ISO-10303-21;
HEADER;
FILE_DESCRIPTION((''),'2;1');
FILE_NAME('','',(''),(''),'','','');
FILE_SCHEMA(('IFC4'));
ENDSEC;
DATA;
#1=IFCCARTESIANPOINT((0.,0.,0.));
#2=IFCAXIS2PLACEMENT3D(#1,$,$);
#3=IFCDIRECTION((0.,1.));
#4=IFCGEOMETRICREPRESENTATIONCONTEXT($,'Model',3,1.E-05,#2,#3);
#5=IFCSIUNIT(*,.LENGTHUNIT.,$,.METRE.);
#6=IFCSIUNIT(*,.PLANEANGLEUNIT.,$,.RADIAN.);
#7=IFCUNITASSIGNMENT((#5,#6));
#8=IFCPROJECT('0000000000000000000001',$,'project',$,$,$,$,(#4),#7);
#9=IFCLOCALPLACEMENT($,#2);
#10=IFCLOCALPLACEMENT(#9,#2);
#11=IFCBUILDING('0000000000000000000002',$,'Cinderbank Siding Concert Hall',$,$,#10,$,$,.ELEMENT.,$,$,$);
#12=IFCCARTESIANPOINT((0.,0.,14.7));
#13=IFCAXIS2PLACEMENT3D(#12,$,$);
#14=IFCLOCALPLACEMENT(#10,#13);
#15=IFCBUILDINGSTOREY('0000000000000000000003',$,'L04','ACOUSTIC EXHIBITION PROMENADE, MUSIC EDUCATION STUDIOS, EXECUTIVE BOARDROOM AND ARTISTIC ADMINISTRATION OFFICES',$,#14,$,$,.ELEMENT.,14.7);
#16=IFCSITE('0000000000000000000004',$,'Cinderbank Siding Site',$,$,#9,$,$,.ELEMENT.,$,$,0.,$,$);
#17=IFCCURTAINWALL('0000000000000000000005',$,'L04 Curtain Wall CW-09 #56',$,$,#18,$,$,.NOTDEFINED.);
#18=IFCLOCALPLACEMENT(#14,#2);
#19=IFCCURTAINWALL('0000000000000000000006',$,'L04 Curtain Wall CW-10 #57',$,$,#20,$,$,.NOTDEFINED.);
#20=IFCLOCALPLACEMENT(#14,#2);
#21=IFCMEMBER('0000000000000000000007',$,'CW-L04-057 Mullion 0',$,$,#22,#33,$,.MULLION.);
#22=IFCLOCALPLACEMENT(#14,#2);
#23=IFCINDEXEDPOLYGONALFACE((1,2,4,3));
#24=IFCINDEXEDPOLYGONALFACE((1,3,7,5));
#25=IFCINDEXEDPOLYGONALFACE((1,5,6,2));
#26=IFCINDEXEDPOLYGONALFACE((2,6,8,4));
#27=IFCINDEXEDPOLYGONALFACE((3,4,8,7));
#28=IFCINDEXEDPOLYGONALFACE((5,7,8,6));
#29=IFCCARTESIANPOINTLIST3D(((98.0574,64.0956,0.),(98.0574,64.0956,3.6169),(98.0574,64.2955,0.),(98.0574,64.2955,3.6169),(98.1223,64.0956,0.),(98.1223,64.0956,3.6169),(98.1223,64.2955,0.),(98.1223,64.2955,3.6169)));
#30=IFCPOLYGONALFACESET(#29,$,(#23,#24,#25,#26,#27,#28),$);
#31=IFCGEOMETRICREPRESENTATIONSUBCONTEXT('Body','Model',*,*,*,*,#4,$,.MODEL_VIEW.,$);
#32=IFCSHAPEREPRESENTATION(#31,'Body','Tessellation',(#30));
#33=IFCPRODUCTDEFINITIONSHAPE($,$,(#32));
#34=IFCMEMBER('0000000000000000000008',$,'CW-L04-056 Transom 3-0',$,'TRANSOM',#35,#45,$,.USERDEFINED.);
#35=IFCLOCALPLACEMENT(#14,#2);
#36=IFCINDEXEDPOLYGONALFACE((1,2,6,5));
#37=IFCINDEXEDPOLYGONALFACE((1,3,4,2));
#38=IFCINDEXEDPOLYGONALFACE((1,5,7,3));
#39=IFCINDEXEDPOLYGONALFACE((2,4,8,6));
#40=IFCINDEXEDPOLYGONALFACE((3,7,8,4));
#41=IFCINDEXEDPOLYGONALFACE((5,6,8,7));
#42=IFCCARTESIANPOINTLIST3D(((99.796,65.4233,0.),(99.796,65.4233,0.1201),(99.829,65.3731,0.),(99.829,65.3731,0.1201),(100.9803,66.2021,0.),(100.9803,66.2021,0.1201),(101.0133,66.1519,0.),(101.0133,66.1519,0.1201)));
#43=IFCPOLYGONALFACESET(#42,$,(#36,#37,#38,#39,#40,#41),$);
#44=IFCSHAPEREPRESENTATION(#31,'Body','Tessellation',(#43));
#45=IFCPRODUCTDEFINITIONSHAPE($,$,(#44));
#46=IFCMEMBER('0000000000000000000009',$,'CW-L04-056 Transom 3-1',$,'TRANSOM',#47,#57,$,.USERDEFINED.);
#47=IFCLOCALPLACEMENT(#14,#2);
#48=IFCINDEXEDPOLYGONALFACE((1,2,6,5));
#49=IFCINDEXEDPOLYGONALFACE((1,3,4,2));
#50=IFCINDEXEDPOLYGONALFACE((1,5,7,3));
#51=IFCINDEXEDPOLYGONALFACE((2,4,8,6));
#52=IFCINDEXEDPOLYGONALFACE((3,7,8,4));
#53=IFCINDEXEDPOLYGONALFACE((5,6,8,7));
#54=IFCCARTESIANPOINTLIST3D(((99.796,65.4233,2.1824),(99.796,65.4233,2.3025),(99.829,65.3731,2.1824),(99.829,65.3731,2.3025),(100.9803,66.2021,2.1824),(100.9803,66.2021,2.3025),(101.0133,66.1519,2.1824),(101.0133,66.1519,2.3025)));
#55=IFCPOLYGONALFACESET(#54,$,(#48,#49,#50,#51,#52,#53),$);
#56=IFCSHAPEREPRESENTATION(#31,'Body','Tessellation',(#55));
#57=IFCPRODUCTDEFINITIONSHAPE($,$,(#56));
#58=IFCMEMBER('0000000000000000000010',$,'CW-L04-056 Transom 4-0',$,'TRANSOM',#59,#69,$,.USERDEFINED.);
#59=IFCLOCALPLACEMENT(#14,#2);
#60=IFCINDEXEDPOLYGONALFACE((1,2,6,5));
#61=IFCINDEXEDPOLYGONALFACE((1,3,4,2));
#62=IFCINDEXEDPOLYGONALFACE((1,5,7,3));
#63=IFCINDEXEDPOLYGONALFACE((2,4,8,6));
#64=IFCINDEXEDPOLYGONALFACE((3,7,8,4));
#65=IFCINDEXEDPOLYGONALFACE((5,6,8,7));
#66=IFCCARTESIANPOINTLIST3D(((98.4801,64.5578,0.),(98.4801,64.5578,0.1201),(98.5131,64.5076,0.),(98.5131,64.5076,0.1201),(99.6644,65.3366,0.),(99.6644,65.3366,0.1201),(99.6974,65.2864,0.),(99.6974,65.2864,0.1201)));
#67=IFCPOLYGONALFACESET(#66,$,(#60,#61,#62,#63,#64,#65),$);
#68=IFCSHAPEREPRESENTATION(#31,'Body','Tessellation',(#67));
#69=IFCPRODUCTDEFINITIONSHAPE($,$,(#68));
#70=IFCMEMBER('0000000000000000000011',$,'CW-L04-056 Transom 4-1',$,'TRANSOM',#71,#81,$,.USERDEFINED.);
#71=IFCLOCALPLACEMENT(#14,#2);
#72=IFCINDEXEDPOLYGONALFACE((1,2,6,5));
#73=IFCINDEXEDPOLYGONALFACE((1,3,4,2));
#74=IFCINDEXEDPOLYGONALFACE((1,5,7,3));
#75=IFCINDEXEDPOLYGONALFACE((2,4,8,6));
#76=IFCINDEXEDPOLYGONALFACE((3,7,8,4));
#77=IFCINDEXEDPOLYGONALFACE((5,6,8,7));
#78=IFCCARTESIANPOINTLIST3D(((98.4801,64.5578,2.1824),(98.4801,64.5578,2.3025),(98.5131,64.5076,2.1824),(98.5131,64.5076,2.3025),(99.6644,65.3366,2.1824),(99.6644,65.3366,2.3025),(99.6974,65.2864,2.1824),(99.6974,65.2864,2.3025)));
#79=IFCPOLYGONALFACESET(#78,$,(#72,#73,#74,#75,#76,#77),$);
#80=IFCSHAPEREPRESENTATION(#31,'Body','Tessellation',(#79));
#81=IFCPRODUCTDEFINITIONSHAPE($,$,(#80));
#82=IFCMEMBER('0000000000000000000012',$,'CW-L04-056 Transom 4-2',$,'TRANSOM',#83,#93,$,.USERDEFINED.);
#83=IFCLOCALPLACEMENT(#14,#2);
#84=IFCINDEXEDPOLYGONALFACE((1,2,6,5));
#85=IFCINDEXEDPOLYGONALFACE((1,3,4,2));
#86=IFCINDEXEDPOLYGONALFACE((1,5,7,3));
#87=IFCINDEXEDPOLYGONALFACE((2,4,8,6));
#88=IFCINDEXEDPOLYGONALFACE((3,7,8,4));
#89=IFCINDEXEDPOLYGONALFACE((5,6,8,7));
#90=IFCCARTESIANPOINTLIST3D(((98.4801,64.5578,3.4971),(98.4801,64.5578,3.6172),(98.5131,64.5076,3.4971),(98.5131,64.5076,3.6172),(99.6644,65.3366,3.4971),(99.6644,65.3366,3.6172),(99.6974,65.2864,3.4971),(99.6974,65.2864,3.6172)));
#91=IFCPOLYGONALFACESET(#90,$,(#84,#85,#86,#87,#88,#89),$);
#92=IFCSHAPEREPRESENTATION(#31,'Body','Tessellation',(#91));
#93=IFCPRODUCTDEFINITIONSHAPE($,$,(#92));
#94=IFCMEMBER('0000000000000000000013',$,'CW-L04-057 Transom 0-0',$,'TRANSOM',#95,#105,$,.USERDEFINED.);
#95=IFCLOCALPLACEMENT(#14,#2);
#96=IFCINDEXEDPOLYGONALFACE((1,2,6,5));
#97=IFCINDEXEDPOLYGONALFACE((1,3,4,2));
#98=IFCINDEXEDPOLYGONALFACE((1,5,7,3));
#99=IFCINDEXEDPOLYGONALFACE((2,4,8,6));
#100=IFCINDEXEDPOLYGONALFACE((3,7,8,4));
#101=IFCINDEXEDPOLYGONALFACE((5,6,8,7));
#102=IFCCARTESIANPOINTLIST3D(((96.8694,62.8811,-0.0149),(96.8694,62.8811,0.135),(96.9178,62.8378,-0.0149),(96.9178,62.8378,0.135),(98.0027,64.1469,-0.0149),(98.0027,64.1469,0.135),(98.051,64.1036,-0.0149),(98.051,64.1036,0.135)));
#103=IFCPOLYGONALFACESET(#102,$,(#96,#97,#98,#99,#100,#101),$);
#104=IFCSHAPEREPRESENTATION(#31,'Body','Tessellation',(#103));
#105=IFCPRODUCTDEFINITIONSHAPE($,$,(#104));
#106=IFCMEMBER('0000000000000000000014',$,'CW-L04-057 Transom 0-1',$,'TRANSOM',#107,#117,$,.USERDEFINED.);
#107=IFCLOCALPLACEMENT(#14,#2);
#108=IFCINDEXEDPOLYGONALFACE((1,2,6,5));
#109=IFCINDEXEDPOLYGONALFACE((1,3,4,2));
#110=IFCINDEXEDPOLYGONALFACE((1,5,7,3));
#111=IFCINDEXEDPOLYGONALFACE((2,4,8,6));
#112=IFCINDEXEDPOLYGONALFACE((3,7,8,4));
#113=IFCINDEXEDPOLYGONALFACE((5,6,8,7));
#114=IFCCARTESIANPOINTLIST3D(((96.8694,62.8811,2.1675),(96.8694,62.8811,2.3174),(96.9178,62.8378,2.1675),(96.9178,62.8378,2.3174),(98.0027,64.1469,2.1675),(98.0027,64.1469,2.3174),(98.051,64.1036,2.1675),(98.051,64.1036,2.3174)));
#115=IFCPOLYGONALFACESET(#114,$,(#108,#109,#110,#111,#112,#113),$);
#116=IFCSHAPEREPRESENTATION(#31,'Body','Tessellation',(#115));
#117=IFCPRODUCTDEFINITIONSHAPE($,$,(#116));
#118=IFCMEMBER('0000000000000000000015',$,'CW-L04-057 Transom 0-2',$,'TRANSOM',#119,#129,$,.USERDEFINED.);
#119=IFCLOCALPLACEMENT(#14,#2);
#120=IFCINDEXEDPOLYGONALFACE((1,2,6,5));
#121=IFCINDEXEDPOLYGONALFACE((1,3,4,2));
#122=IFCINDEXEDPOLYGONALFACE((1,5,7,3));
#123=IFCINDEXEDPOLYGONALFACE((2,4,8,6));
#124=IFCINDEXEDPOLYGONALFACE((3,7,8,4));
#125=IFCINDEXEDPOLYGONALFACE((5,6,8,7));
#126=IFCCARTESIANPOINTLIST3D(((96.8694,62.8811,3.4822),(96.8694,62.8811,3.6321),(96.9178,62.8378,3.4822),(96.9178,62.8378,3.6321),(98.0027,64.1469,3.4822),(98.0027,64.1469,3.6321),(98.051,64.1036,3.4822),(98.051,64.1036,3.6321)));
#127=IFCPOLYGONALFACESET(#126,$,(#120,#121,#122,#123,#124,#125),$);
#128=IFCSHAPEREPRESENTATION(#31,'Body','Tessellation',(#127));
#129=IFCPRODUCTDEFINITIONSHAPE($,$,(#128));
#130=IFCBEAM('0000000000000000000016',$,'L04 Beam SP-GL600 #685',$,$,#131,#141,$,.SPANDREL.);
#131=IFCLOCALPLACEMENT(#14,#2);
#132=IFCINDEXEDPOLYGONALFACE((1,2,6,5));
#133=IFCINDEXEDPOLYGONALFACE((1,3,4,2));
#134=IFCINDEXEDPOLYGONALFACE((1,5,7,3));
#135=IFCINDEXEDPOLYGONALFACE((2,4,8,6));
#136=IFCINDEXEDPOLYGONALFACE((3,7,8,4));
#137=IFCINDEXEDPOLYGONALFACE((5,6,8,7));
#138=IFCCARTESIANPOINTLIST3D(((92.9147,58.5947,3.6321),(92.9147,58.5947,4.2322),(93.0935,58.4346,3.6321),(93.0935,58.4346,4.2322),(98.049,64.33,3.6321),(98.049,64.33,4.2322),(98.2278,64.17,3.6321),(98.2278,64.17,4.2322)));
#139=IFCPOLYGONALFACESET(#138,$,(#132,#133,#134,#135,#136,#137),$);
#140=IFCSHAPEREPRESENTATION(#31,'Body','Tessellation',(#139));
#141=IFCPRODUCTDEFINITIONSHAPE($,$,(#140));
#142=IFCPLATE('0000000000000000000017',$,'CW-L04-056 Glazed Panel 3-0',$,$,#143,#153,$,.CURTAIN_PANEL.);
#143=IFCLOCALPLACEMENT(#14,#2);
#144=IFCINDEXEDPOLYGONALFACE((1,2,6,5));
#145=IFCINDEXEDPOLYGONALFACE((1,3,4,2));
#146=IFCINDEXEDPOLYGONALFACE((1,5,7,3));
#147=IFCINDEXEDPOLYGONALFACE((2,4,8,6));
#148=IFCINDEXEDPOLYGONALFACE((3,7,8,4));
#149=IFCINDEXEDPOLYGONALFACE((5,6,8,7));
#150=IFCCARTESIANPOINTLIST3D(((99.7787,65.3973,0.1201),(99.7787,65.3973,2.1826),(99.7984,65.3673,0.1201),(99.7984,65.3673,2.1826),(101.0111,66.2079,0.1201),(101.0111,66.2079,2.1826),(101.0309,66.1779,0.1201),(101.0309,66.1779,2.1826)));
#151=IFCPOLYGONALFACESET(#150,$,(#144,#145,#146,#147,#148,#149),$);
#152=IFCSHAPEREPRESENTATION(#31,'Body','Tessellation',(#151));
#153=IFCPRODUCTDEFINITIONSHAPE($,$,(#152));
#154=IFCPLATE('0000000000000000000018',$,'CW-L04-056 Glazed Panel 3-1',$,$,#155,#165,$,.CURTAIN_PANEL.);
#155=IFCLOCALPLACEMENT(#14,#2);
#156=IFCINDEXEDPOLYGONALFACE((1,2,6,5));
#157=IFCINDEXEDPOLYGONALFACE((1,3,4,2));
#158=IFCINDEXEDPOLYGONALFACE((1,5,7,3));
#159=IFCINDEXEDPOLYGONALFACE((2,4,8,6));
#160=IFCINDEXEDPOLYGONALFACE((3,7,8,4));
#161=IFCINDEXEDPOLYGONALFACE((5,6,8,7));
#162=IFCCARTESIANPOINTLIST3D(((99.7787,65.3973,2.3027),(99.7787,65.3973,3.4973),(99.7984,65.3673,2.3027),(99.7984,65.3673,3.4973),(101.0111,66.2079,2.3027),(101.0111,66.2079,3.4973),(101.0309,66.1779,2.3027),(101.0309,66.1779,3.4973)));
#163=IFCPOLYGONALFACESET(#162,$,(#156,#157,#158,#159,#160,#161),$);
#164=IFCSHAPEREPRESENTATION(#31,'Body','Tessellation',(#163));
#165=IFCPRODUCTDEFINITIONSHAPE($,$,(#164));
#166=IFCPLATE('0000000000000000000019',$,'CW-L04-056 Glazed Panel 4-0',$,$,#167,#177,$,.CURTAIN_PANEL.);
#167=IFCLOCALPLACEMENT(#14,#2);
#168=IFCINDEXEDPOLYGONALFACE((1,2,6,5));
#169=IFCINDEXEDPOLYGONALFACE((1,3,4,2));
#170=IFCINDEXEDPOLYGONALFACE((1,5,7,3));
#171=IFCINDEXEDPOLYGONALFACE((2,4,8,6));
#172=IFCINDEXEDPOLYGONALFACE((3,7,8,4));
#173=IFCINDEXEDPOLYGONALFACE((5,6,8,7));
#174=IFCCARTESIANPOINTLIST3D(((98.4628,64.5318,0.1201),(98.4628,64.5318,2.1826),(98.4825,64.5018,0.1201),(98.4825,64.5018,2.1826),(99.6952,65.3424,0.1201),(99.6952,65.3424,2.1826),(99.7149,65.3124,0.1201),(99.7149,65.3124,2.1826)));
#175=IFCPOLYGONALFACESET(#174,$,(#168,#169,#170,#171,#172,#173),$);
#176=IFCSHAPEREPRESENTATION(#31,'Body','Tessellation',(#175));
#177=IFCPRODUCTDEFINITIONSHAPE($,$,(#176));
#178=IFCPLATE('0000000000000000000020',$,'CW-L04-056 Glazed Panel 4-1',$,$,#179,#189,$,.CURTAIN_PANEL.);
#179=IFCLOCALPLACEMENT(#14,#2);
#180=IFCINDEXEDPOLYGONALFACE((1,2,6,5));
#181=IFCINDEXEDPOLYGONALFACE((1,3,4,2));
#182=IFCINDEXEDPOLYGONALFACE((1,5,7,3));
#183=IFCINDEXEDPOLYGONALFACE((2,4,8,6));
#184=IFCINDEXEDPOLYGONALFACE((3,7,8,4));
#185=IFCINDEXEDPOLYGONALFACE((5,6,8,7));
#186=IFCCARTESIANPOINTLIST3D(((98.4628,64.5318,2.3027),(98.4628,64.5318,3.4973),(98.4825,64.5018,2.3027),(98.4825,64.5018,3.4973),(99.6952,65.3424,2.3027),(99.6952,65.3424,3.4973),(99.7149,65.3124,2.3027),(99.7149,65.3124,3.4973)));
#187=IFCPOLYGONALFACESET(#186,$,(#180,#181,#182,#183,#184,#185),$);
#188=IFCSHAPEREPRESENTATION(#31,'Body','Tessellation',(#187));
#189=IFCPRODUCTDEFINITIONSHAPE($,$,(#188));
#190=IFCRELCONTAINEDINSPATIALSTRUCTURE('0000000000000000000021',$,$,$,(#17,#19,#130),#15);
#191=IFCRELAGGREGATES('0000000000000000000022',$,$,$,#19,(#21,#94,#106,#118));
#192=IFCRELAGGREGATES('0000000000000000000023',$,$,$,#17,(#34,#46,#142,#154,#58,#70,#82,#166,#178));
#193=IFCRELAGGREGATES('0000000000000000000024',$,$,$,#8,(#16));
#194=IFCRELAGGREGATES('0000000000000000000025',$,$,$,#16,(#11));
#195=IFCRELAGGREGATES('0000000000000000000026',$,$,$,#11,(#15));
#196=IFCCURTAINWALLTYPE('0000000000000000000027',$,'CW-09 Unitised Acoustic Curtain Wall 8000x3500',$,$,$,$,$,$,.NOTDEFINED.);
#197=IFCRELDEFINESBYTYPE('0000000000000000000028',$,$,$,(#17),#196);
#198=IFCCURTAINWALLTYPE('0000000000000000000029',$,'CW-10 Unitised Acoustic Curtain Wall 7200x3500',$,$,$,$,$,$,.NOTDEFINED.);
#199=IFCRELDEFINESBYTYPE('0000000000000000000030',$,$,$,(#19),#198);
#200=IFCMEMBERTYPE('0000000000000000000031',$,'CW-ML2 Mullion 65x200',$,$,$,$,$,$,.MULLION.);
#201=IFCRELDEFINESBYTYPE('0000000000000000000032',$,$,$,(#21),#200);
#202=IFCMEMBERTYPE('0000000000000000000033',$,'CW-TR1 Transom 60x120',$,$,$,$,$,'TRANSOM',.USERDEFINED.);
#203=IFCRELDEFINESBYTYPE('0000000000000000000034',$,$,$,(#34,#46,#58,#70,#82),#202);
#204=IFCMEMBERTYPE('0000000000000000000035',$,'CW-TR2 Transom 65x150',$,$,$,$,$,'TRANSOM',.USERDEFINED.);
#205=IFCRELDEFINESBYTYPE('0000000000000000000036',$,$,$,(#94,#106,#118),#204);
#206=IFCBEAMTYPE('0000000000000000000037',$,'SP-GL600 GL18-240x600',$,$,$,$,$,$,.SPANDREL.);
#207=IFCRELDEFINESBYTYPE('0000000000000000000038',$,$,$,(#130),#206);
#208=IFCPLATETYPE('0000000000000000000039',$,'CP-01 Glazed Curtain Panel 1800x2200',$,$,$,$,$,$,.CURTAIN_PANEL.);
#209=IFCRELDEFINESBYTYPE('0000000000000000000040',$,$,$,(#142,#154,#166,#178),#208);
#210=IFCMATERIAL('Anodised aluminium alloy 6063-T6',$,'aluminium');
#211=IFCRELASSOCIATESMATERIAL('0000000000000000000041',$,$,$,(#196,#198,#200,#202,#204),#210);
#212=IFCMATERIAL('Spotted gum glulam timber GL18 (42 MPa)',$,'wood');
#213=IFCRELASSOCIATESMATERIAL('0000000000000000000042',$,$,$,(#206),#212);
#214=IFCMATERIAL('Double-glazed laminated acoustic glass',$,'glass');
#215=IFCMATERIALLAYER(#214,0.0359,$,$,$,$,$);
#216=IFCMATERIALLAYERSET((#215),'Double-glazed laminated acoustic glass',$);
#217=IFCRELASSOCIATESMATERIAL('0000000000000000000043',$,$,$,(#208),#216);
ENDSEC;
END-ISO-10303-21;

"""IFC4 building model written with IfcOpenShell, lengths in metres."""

from ifc_helpers import new_model, si_unit, direction, frame, origin, origin_2d, place, context, subcontext, project, spatial, rectangle, extrude, material, layer, layer_set, material_profile, profile_set, type_object, element, aggregate, save


model = new_model("IFC4")

# Units and contexts
model_context = context("Model", 3, precision=1e-05, world=origin(), true_north=direction((0.0, 1.0)))
body_context = subcontext(model_context, "Body", "Model", "MODEL_VIEW")
ifc_project = project(units=[si_unit("LENGTHUNIT", "METRE"), si_unit("PLANEANGLEUNIT", "RADIAN")], contexts=[model_context])

# Site, building, storey
site_placement = place(None, origin())
site = spatial("IfcSite", under=ifc_project, at=site_placement, Name="Cinderbank Siding Site", CompositionType="ELEMENT", RefElevation=0.0)
building_placement = place(site_placement, origin())
building = spatial("IfcBuilding", under=site, at=building_placement, Name="Cinderbank Siding Concert Hall", CompositionType="ELEMENT")
storey_placement = place(building_placement, frame((0.0, 0.0, 14.7)))
storey = spatial("IfcBuildingStorey", under=building, at=storey_placement, Name="L04", Description="ACOUSTIC EXHIBITION PROMENADE, MUSIC EDUCATION STUDIOS, EXECUTIVE BOARDROOM AND ARTISTIC ADMINISTRATION OFFICES", CompositionType="ELEMENT", Elevation=14.7)

# Curtain wall
ifc_material_1 = material(Name="Anodised aluminium alloy 6063-T6", Category="aluminium")
curtain_wall_type_1 = type_object("IfcCurtainWallType", Name="CW-09 Unitised Acoustic Curtain Wall 8000x3500", PredefinedType="NOTDEFINED", material=ifc_material_1)
curtain_wall_1_placement = place(storey_placement, origin())
curtain_wall_1 = element("IfcCurtainWall", 1, at=curtain_wall_1_placement, inside=storey, type_object=curtain_wall_type_1, Name="L04 Curtain Wall CW-09 #56", PredefinedType="NOTDEFINED")

# Curtain wall, member
curtain_wall_type_2 = type_object("IfcCurtainWallType", Name="CW-10 Unitised Acoustic Curtain Wall 7200x3500", PredefinedType="NOTDEFINED", material=ifc_material_1)
curtain_wall_2_placement = place(storey_placement, origin())
curtain_wall_2 = element("IfcCurtainWall", 2, at=curtain_wall_2_placement, inside=storey, type_object=curtain_wall_type_2, Name="L04 Curtain Wall CW-10 #57", PredefinedType="NOTDEFINED")
ifc_material_profile_1 = material_profile(ifc_material_1, rectangle(XDim=0.0649, YDim=0.2, at=origin_2d()), Name="ALU-MULL-65x200", Category="LoadBearing")
ifc_profile_set_1 = profile_set([ifc_material_profile_1], Name="Anodised aluminium alloy 6063-T6")
member_type_1 = type_object("IfcMemberType", Name="CW-ML2 Mullion 65x200", PredefinedType="MULLION", material=ifc_profile_set_1)
member_1_placement = place(storey_placement, frame((98.0898, 64.1956, 0.0), z_axis=(0.0, 0.0, 1.0), x_axis=(1.0, 0.0, 0.0)))
member_1 = element("IfcMember", 3, at=member_1_placement, type_object=member_type_1, Name="CW-L04-057 Mullion 0", PredefinedType="MULLION", context=body_context, shape_type="SweptSolid", body=[
    extrude(rectangle(XDim=0.0649, YDim=0.2, at=origin_2d()), origin(), (0.0, 0.0, 1.0), 3.6169),
])

# Members
ifc_material_profile_2 = material_profile(ifc_material_1, rectangle(XDim=0.0601, YDim=0.1201, at=origin_2d()), Name="ALU-TRAN-60x120", Category="LoadBearing")
ifc_profile_set_2 = profile_set([ifc_material_profile_2], Name="Anodised aluminium alloy 6063-T6")
member_type_2 = type_object("IfcMemberType", Name="CW-TR1 Transom 60x120", ElementType="TRANSOM", PredefinedType="USERDEFINED", material=ifc_profile_set_2)
member_2_placement = place(storey_placement, frame((100.9968, 66.177, 0.0601), z_axis=(-0.835532, -0.549443, 0.0), x_axis=(0.549443, -0.835532, 0.0)))
member_2 = element("IfcMember", 4, at=member_2_placement, type_object=member_type_2, Name="CW-L04-056 Transom 3-0", ObjectType="TRANSOM", PredefinedType="USERDEFINED", context=body_context, shape_type="SweptSolid", body=[
    extrude(rectangle(XDim=0.0601, YDim=0.1201, at=origin_2d()), origin(), (0.0, 0.0, 1.0), 1.4175),
])
member_3_placement = place(storey_placement, frame((100.9968, 66.177, 2.2424), z_axis=(-0.835532, -0.549443, 0.0), x_axis=(0.549443, -0.835532, 0.0)))
member_3 = element("IfcMember", 5, at=member_3_placement, type_object=member_type_2, Name="CW-L04-056 Transom 3-1", ObjectType="TRANSOM", PredefinedType="USERDEFINED", context=body_context, shape_type="SweptSolid", body=[
    extrude(rectangle(XDim=0.0601, YDim=0.1201, at=origin_2d()), origin(), (0.0, 0.0, 1.0), 1.4175),
])
member_4_placement = place(storey_placement, frame((99.6809, 65.3115, 0.0601), z_axis=(-0.835532, -0.549443, 0.0), x_axis=(0.549443, -0.835532, 0.0)))
member_4 = element("IfcMember", 6, at=member_4_placement, type_object=member_type_2, Name="CW-L04-056 Transom 4-0", ObjectType="TRANSOM", PredefinedType="USERDEFINED", context=body_context, shape_type="SweptSolid", body=[
    extrude(rectangle(XDim=0.0601, YDim=0.1201, at=origin_2d()), origin(), (0.0, 0.0, 1.0), 1.4175),
])
member_5_placement = place(storey_placement, frame((99.6809, 65.3115, 2.2424), z_axis=(-0.835532, -0.549443, 0.0), x_axis=(0.549443, -0.835532, 0.0)))
member_5 = element("IfcMember", 7, at=member_5_placement, type_object=member_type_2, Name="CW-L04-056 Transom 4-1", ObjectType="TRANSOM", PredefinedType="USERDEFINED", context=body_context, shape_type="SweptSolid", body=[
    extrude(rectangle(XDim=0.0601, YDim=0.1201, at=origin_2d()), origin(), (0.0, 0.0, 1.0), 1.4175),
])
member_6_placement = place(storey_placement, frame((99.6809, 65.3115, 3.5571), z_axis=(-0.835532, -0.549443, 0.0), x_axis=(0.549443, -0.835532, 0.0)))
member_6 = element("IfcMember", 8, at=member_6_placement, type_object=member_type_2, Name="CW-L04-056 Transom 4-2", ObjectType="TRANSOM", PredefinedType="USERDEFINED", context=body_context, shape_type="SweptSolid", body=[
    extrude(rectangle(XDim=0.0601, YDim=0.1201, at=origin_2d()), origin(), (0.0, 0.0, 1.0), 1.4175),
])
ifc_material_profile_3 = material_profile(ifc_material_1, rectangle(XDim=0.0649, YDim=0.1499, at=origin_2d()), Name="ALU-TRAN-65x150", Category="LoadBearing")
ifc_profile_set_3 = profile_set([ifc_material_profile_3], Name="Anodised aluminium alloy 6063-T6")
member_type_3 = type_object("IfcMemberType", Name="CW-TR2 Transom 65x150", ElementType="TRANSOM", PredefinedType="USERDEFINED", material=ifc_profile_set_3)
member_7_placement = place(storey_placement, frame((98.0269, 64.1252, 0.0601), z_axis=(-0.667017, -0.745042, 0.0), x_axis=(0.745042, -0.667017, 0.0)))
member_7 = element("IfcMember", 9, at=member_7_placement, type_object=member_type_3, Name="CW-L04-057 Transom 0-0", ObjectType="TRANSOM", PredefinedType="USERDEFINED", context=body_context, shape_type="SweptSolid", body=[
    extrude(rectangle(XDim=0.0649, YDim=0.1499, at=origin_2d()), origin(), (0.0, 0.0, 1.0), 1.699),
])
member_8_placement = place(storey_placement, frame((98.0269, 64.1252, 2.2424), z_axis=(-0.667017, -0.745042, 0.0), x_axis=(0.745042, -0.667017, 0.0)))
member_8 = element("IfcMember", 10, at=member_8_placement, type_object=member_type_3, Name="CW-L04-057 Transom 0-1", ObjectType="TRANSOM", PredefinedType="USERDEFINED", context=body_context, shape_type="SweptSolid", body=[
    extrude(rectangle(XDim=0.0649, YDim=0.1499, at=origin_2d()), origin(), (0.0, 0.0, 1.0), 1.699),
])
member_9_placement = place(storey_placement, frame((98.0269, 64.1252, 3.5571), z_axis=(-0.667017, -0.745042, 0.0), x_axis=(0.745042, -0.667017, 0.0)))
member_9 = element("IfcMember", 11, at=member_9_placement, type_object=member_type_3, Name="CW-L04-057 Transom 0-2", ObjectType="TRANSOM", PredefinedType="USERDEFINED", context=body_context, shape_type="SweptSolid", body=[
    extrude(rectangle(XDim=0.0649, YDim=0.1499, at=origin_2d()), origin(), (0.0, 0.0, 1.0), 1.699),
])
aggregate(curtain_wall_2, [member_1, member_7, member_8, member_9])

# Beam
ifc_material_2 = material(Name="Spotted gum glulam timber GL18 (42 MPa)", Category="wood")
ifc_material_profile_4 = material_profile(ifc_material_2, rectangle(XDim=0.24, YDim=0.6001, at=origin_2d()), Name="GL18-240x600", Category="LoadBearing")
ifc_profile_set_4 = profile_set([ifc_material_profile_4], Name="Spotted gum glulam timber GL18 (42 MPa)")
beam_type_1 = type_object("IfcBeamType", Name="SP-GL600 GL18-240x600", PredefinedType="SPANDREL", material=ifc_profile_set_4)
beam_1_placement = place(storey_placement, frame((98.1384, 64.25, 3.9321), z_axis=(-0.666986, -0.74507, 0.0), x_axis=(0.74507, -0.666986, 0.0)))
element("IfcBeam", 12, at=beam_1_placement, inside=storey, type_object=beam_type_1, Name="L04 Beam SP-GL600 #685", PredefinedType="SPANDREL", context=body_context, shape_type="SweptSolid", body=[
    extrude(rectangle(XDim=0.24, YDim=0.6001, at=origin_2d()), origin(), (0.0, 0.0, 1.0), 7.6978),
])

# Plates
ifc_material_3 = material(Name="Double-glazed laminated acoustic glass", Category="glass")
ifc_layer_1 = layer(ifc_material_3, 0.0359)
ifc_layer_set_1 = layer_set([ifc_layer_1], Name="Double-glazed laminated acoustic glass")
plate_type_1 = type_object("IfcPlateType", Name="CP-01 Glazed Curtain Panel 1800x2200", PredefinedType="CURTAIN_PANEL", material=ifc_layer_set_1)
plate_1_placement = place(storey_placement, frame((100.4048, 65.7876, 0.1201), z_axis=(0.0, 0.0, 1.0), x_axis=(-0.835492, -0.549503, 0.0)))
plate_1 = element("IfcPlate", 13, at=plate_1_placement, type_object=plate_type_1, Name="CW-L04-056 Glazed Panel 3-0", PredefinedType="CURTAIN_PANEL", context=body_context, shape_type="SweptSolid", body=[
    extrude(rectangle(XDim=1.4751, YDim=0.0359, at=origin_2d()), origin(), (0.0, 0.0, 1.0), 2.0625),
])
plate_2_placement = place(storey_placement, frame((100.4048, 65.7876, 2.3027), z_axis=(0.0, 0.0, 1.0), x_axis=(-0.835492, -0.549503, 0.0)))
plate_2 = element("IfcPlate", 14, at=plate_2_placement, type_object=plate_type_1, Name="CW-L04-056 Glazed Panel 3-1", PredefinedType="CURTAIN_PANEL", context=body_context, shape_type="SweptSolid", body=[
    extrude(rectangle(XDim=1.4751, YDim=0.0359, at=origin_2d()), origin(), (0.0, 0.0, 1.0), 1.1946),
])
plate_3_placement = place(storey_placement, frame((99.0889, 64.9221, 0.1201), z_axis=(0.0, 0.0, 1.0), x_axis=(-0.835492, -0.549503, 0.0)))
plate_3 = element("IfcPlate", 15, at=plate_3_placement, type_object=plate_type_1, Name="CW-L04-056 Glazed Panel 4-0", PredefinedType="CURTAIN_PANEL", context=body_context, shape_type="SweptSolid", body=[
    extrude(rectangle(XDim=1.4751, YDim=0.0359, at=origin_2d()), origin(), (0.0, 0.0, 1.0), 2.0625),
])
plate_4_placement = place(storey_placement, frame((99.0889, 64.9221, 2.3027), z_axis=(0.0, 0.0, 1.0), x_axis=(-0.835492, -0.549503, 0.0)))
plate_4 = element("IfcPlate", 16, at=plate_4_placement, type_object=plate_type_1, Name="CW-L04-056 Glazed Panel 4-1", PredefinedType="CURTAIN_PANEL", context=body_context, shape_type="SweptSolid", body=[
    extrude(rectangle(XDim=1.4751, YDim=0.0359, at=origin_2d()), origin(), (0.0, 0.0, 1.0), 1.1946),
])
aggregate(curtain_wall_1, [member_2, member_3, plate_1, plate_2, member_4, member_5, member_6, plate_3, plate_4])

save(model, "model.ifc")
